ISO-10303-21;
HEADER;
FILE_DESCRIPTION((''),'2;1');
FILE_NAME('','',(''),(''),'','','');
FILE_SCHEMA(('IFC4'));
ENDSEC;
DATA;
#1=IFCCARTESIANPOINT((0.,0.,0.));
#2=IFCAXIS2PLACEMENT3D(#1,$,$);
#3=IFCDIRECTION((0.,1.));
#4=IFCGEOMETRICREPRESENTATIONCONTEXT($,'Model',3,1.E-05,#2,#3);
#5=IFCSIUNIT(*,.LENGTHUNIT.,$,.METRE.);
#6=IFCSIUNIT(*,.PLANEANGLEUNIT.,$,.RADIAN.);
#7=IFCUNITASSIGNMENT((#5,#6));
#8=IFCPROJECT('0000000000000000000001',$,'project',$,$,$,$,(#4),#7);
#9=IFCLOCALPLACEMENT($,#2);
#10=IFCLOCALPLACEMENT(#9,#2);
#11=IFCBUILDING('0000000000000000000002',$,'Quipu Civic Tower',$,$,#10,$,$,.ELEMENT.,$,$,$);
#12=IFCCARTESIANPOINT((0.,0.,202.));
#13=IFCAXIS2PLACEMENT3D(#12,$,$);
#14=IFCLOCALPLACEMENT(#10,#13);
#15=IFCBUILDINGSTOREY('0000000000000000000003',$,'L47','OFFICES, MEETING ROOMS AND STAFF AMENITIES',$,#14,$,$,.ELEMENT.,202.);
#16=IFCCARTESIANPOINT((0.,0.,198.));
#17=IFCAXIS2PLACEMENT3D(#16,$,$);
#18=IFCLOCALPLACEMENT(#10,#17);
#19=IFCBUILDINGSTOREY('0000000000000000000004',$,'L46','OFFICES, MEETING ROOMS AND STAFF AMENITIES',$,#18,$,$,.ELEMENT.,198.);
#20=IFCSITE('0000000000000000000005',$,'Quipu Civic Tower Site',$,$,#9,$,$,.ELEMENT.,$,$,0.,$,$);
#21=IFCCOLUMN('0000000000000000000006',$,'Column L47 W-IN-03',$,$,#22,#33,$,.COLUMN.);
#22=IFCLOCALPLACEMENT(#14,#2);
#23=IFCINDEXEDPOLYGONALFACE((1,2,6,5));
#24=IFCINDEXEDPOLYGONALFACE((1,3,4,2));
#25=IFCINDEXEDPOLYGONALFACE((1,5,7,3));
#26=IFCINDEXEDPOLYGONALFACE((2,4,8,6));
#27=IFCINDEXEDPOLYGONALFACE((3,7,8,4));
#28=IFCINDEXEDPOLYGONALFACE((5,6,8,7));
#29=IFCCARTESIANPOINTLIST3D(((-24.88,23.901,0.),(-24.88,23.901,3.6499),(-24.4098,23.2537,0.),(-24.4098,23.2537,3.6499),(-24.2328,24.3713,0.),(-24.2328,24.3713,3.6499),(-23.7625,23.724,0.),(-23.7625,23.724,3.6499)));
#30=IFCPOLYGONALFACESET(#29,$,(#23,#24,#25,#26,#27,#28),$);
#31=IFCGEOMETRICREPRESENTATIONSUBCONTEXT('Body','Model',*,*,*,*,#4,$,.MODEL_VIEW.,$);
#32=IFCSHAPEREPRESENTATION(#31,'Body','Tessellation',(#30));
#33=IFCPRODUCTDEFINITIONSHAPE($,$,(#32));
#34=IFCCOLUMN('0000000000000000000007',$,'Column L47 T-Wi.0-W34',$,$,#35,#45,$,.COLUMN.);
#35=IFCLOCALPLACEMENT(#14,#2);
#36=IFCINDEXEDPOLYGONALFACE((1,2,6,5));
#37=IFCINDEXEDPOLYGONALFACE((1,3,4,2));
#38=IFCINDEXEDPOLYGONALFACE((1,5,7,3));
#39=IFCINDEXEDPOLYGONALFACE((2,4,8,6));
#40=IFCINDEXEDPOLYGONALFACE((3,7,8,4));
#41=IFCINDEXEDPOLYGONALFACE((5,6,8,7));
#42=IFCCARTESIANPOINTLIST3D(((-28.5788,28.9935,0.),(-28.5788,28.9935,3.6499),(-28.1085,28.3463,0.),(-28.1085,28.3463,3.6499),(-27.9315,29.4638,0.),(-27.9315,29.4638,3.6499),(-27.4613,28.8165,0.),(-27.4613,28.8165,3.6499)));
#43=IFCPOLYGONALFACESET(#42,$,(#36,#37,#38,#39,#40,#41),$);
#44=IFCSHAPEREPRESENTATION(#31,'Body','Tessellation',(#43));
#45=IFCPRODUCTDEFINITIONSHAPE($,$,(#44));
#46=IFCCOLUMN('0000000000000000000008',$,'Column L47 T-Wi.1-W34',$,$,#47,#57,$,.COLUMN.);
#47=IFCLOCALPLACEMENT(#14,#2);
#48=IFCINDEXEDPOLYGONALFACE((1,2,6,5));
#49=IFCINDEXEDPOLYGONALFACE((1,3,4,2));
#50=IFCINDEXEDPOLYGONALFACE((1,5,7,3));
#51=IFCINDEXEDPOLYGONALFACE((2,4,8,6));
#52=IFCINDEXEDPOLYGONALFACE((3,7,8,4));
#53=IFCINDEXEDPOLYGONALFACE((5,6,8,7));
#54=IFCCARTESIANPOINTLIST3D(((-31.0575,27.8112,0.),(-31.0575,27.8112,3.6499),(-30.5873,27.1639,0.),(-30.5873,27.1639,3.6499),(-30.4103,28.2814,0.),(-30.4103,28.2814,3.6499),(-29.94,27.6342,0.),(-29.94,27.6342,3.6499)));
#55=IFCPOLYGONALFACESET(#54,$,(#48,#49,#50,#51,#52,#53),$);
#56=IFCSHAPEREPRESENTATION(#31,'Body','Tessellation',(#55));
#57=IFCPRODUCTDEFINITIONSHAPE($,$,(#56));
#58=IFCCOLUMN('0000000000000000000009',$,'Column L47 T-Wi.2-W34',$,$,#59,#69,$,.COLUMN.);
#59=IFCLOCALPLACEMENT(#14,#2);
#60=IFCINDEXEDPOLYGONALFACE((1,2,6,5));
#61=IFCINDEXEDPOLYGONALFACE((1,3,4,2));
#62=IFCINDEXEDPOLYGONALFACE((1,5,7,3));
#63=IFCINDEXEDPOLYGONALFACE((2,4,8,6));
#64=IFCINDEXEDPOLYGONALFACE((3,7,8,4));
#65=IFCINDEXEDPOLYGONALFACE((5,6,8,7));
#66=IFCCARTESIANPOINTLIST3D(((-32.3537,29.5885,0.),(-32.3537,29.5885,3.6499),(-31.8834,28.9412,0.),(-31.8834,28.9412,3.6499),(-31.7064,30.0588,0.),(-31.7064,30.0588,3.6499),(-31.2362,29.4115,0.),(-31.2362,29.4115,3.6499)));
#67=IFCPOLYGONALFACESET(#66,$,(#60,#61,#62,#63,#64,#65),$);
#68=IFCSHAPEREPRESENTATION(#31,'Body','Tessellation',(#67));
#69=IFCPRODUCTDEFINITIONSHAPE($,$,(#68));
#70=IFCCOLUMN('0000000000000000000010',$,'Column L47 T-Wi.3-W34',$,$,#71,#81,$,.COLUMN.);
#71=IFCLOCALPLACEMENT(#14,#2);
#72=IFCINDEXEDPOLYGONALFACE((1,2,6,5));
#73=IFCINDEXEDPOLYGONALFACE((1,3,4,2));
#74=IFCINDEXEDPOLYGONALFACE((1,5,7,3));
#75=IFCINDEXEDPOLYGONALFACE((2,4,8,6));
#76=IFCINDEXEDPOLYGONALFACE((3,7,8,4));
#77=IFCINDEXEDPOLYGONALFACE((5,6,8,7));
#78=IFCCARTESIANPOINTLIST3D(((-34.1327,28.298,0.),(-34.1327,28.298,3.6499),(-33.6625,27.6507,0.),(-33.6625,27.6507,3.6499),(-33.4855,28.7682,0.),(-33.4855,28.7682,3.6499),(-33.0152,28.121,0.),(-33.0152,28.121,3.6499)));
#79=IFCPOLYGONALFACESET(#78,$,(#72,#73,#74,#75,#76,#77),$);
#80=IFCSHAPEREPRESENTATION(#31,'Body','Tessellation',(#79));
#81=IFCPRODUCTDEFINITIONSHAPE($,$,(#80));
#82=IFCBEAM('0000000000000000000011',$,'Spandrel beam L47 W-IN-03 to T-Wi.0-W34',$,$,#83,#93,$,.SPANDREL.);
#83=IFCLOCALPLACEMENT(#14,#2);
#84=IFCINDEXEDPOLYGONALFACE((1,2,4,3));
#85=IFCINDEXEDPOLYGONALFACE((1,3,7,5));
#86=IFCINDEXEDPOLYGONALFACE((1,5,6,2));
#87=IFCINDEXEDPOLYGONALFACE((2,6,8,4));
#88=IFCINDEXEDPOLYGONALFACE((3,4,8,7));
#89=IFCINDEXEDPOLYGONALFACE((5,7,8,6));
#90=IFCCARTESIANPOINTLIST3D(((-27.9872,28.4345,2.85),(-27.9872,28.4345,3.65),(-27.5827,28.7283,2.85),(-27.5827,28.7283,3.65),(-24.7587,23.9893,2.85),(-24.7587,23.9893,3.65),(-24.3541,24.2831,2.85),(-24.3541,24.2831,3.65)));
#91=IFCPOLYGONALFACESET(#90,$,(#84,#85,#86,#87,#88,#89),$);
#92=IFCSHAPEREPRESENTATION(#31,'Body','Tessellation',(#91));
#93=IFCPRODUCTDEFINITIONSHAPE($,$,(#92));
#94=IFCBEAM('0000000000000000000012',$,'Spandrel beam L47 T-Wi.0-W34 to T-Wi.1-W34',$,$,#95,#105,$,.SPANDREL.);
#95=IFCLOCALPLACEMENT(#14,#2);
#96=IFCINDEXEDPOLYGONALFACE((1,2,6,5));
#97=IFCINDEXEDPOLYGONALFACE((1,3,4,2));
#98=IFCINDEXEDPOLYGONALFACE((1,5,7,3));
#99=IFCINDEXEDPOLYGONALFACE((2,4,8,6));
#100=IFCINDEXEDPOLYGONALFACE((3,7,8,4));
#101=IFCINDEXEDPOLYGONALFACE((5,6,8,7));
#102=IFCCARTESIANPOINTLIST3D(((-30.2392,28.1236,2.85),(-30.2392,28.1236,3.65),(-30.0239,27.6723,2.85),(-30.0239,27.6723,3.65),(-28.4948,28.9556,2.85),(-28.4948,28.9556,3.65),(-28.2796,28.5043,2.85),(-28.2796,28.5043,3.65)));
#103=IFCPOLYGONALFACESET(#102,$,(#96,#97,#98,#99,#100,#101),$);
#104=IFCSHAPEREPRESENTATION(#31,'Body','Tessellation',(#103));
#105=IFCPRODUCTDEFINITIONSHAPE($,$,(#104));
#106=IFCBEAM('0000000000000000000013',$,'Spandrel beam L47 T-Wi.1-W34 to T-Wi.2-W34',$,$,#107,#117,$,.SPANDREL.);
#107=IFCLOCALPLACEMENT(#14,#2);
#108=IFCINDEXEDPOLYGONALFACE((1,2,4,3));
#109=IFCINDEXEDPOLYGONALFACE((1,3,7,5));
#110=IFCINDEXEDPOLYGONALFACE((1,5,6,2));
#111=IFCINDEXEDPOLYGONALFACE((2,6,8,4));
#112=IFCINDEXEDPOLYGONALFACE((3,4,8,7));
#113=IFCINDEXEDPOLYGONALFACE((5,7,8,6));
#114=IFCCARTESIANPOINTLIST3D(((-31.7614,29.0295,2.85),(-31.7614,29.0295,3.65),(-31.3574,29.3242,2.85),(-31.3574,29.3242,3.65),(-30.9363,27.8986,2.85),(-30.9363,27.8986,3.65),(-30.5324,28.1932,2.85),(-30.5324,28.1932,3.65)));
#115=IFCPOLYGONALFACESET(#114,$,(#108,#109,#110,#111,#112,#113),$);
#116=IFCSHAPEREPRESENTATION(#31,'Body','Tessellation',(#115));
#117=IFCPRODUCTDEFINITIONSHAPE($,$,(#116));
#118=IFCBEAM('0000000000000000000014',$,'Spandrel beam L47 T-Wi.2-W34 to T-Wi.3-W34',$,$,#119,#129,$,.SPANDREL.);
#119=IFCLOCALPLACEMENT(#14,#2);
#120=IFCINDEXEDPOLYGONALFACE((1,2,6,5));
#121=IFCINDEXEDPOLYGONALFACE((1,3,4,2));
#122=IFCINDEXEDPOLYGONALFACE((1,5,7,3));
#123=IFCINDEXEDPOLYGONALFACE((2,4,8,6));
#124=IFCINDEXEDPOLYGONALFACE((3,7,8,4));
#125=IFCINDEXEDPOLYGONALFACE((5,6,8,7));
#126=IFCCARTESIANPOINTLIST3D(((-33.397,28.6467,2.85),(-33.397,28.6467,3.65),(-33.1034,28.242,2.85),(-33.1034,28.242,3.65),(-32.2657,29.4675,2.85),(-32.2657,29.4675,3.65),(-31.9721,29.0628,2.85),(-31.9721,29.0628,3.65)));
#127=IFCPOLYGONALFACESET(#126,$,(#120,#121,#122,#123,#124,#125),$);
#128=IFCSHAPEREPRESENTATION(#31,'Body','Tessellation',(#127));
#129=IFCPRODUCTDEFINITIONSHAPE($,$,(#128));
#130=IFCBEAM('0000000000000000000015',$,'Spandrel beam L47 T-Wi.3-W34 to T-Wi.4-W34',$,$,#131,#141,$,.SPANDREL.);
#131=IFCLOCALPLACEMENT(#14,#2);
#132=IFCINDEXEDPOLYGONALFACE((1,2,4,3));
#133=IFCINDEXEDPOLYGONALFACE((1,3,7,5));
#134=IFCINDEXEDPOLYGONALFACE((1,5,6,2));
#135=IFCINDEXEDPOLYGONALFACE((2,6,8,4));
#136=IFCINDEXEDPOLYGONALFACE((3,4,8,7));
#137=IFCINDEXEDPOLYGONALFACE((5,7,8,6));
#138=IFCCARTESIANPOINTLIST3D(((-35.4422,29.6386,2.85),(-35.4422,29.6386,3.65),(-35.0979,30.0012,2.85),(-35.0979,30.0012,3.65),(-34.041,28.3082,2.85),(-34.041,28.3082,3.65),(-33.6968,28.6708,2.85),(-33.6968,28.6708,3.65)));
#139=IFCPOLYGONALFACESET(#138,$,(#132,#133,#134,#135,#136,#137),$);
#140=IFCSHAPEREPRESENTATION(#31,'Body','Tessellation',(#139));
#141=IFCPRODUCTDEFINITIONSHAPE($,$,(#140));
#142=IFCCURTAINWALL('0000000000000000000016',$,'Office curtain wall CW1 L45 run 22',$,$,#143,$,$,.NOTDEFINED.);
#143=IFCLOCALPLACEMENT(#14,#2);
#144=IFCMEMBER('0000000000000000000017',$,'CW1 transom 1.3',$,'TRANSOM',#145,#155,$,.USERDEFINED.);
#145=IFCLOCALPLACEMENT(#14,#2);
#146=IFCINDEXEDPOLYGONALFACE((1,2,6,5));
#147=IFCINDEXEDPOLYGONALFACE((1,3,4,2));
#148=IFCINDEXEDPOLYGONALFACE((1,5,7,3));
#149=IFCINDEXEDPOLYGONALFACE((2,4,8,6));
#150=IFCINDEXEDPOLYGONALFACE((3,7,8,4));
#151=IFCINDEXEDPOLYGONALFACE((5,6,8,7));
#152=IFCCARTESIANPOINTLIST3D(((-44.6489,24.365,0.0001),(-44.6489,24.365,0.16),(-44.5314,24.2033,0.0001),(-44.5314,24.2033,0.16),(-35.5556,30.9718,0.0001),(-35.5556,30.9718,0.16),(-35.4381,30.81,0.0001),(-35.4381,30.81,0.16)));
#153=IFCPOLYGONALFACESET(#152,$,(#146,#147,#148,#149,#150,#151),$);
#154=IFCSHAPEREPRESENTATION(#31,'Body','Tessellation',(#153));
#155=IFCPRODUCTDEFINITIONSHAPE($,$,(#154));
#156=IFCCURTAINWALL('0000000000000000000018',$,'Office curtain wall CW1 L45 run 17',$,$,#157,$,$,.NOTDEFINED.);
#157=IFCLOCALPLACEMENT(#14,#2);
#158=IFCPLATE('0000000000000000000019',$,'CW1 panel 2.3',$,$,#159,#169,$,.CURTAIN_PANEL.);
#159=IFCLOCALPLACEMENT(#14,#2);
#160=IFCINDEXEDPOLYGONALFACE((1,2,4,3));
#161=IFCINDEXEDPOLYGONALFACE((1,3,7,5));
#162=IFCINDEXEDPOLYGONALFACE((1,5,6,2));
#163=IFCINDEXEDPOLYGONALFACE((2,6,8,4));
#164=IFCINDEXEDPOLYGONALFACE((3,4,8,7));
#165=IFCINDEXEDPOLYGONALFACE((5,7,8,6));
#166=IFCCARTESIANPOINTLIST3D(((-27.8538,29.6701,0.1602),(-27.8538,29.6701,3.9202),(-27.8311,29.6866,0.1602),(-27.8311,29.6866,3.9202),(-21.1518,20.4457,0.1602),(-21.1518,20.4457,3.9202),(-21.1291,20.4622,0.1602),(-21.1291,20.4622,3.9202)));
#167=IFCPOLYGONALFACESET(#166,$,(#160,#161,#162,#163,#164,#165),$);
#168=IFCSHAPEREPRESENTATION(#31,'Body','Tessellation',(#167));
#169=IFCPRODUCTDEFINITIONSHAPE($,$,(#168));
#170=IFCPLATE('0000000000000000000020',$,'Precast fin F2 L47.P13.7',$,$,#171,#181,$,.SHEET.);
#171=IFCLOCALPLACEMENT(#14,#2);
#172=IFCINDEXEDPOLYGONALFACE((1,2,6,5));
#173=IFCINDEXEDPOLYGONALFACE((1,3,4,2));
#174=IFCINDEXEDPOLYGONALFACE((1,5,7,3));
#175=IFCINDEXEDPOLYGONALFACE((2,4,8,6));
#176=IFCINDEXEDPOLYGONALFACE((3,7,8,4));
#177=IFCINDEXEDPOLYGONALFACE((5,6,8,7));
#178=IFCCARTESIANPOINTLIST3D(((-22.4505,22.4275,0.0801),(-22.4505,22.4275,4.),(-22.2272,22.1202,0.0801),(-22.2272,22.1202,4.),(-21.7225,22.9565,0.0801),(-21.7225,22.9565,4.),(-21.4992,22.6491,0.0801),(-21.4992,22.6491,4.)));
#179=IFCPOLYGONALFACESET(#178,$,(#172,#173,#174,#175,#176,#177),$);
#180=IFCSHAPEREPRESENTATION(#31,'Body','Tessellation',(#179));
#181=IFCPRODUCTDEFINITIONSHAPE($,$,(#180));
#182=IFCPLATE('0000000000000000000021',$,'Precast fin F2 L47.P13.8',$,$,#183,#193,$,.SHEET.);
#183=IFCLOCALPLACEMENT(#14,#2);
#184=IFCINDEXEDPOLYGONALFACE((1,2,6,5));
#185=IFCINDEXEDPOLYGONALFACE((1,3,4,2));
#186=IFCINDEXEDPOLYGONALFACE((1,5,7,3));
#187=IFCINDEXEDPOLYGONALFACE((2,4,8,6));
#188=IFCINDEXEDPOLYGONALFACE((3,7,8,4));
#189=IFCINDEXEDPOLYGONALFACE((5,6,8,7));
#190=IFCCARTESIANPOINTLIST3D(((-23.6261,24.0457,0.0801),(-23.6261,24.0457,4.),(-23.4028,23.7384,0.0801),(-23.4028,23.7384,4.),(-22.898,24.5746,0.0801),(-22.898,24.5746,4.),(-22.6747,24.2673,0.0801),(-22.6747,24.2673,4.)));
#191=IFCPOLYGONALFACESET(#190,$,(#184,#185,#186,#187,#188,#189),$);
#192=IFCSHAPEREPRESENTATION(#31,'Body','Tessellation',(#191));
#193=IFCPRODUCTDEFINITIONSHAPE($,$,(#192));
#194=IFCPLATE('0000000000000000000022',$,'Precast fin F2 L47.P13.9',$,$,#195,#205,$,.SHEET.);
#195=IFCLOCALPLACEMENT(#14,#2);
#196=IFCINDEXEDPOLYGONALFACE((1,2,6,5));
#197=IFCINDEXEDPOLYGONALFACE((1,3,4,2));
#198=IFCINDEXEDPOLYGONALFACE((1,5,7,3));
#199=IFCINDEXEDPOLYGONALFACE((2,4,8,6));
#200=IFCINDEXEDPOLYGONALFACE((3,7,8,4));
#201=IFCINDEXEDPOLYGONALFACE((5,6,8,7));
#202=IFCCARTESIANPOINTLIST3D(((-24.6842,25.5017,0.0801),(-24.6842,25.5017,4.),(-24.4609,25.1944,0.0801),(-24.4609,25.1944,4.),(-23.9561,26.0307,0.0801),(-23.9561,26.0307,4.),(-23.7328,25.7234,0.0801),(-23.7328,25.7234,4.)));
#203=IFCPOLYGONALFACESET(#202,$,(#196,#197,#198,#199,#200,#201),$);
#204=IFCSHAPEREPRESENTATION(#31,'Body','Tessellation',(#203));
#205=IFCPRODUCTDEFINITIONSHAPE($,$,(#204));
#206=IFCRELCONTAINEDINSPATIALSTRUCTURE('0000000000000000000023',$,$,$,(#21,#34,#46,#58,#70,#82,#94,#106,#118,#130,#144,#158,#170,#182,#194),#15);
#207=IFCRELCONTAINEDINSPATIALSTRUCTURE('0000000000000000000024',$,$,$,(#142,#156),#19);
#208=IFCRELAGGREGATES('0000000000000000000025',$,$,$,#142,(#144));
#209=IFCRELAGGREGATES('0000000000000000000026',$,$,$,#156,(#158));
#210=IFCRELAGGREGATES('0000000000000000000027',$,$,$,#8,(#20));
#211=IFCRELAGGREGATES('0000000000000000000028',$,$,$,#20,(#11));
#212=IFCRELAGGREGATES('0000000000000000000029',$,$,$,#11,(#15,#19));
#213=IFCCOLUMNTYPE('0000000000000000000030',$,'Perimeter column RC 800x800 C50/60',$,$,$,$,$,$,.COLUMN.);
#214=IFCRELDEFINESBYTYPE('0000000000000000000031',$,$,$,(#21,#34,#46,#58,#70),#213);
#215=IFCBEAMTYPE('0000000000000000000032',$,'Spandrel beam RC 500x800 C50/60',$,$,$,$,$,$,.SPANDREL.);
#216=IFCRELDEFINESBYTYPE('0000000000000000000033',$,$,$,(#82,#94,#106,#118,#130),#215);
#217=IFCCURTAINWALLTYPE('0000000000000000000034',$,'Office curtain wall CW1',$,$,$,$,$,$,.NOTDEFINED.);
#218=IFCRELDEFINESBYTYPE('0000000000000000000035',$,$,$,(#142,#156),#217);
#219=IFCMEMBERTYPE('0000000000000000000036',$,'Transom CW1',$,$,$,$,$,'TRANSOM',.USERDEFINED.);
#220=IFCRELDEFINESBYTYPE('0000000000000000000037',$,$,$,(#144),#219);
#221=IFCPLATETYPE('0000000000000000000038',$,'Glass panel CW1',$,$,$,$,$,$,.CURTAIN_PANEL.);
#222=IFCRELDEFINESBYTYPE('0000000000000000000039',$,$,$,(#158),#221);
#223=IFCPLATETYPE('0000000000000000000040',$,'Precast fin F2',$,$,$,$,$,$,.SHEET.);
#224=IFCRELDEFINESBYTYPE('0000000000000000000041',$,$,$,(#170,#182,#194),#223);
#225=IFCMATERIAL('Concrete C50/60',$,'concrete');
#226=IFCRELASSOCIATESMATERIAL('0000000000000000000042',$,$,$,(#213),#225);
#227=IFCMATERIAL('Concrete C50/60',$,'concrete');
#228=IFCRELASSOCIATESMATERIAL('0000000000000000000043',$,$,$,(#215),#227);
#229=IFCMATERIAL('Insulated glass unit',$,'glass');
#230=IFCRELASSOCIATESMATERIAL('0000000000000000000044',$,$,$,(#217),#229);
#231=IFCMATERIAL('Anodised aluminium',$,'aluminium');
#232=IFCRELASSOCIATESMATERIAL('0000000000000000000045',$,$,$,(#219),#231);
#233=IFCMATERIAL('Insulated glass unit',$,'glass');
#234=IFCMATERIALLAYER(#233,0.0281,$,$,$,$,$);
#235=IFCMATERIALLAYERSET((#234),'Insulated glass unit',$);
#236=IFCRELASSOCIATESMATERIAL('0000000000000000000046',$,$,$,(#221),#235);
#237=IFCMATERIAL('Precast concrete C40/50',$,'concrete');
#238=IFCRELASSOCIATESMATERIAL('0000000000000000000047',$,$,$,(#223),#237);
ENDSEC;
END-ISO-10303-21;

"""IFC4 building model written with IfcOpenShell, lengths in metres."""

from ifc_helpers import new_model, si_unit, direction, frame, origin, origin_2d, place, context, subcontext, project, spatial, rectangle, extrude, material, layer, layer_set, material_profile, profile_set, type_object, element, aggregate, save


model = new_model("IFC4")

# Units and contexts
model_context = context("Model", 3, precision=1e-05, world=origin(), true_north=direction((0.0, 1.0)))
body_context = subcontext(model_context, "Body", "Model", "MODEL_VIEW")
ifc_project = project(units=[si_unit("LENGTHUNIT", "METRE"), si_unit("PLANEANGLEUNIT", "RADIAN")], contexts=[model_context])

# Site, building, storey
site_placement = place(None, origin())
site = spatial("IfcSite", under=ifc_project, at=site_placement, Name="Quipu Civic Tower Site", CompositionType="ELEMENT", RefElevation=0.0)
building_placement = place(site_placement, origin())
building = spatial("IfcBuilding", under=site, at=building_placement, Name="Quipu Civic Tower", CompositionType="ELEMENT")
storey_1_placement = place(building_placement, frame((0.0, 0.0, 202.0)))
storey_1 = spatial("IfcBuildingStorey", under=building, at=storey_1_placement, Name="L47", Description="OFFICES, MEETING ROOMS AND STAFF AMENITIES", CompositionType="ELEMENT", Elevation=202.0)

# Columns
ifc_material_1 = material(Name="Concrete C50/60", Category="concrete")
ifc_material_profile_1 = material_profile(ifc_material_1, rectangle(XDim=0.8, YDim=0.8, at=origin_2d()), Name="RC800x800")
ifc_profile_set_1 = profile_set([ifc_material_profile_1], Name="Concrete C50/60")
column_type = type_object("IfcColumnType", Name="Perimeter column RC 800x800 C50/60", PredefinedType="COLUMN", material=ifc_profile_set_1)
for number, where, z_axis, x_axis, name in (
    (1, (-24.3213, 23.8125, 0.0), (0.0, 0.0, 1.0), (-0.587785, 0.809017, 0.0), "Column L47 W-IN-03"),
    (2, (-28.02, 28.905, 0.0), (0.0, 0.0, 1.0), (-0.809017, -0.587785, 0.0), "Column L47 T-Wi.0-W34"),
    (3, (-30.4988, 27.7227, 0.0), (0.0, 0.0, 1.0), (-0.809017, -0.587785, 0.0), "Column L47 T-Wi.1-W34"),
    (4, (-31.7949, 29.5, 0.0), (0.0, 0.0, 1.0), (-0.587785, 0.809017, 0.0), "Column L47 T-Wi.2-W34"),
    (5, (-33.574, 28.2095, 0.0), (0.0, 0.0, 1.0), (-0.587785, 0.809017, 0.0), "Column L47 T-Wi.3-W34"),
):
    element("IfcColumn", number, at=place(storey_1_placement, frame(where, z_axis=z_axis, x_axis=x_axis)), inside=storey_1, type_object=column_type, Name=name, PredefinedType="COLUMN", context=body_context, shape_type="SweptSolid", body=[
        extrude(rectangle(XDim=0.8, YDim=0.8, at=origin_2d()), origin(), (0.0, 0.0, 1.0), 3.6499),
    ])

# Beams
ifc_material_2 = material(Name="Concrete C50/60", Category="concrete")
ifc_material_profile_2 = material_profile(ifc_material_2, rectangle(XDim=0.5, YDim=0.8, at=origin_2d()), Name="RC500x800")
ifc_profile_set_2 = profile_set([ifc_material_profile_2], Name="Concrete C50/60")
beam_type = type_object("IfcBeamType", Name="Spandrel beam RC 500x800 C50/60", PredefinedType="SPANDREL", material=ifc_profile_set_2)
beam_1_placement = place(storey_1_placement, frame((-24.5564, 24.1362, 3.25), z_axis=(-0.587664, 0.809105, 0.0), x_axis=(-0.809105, -0.587664, 0.0)))
element("IfcBeam", 6, at=beam_1_placement, inside=storey_1, type_object=beam_type, Name="Spandrel beam L47 W-IN-03 to T-Wi.0-W34", PredefinedType="SPANDREL", context=body_context, shape_type="SweptSolid", body=[
    extrude(rectangle(XDim=0.5, YDim=0.8, at=origin_2d()), origin(), (0.0, 0.0, 1.0), 5.4939),
])
beam_2_placement = place(storey_1_placement, frame((-28.3872, 28.73, 3.25), z_axis=(-0.902585, -0.430512, 0.0), x_axis=(0.430512, -0.902585, 0.0)))
element("IfcBeam", 7, at=beam_2_placement, inside=storey_1, type_object=beam_type, Name="Spandrel beam L47 T-Wi.0-W34 to T-Wi.1-W34", PredefinedType="SPANDREL", context=body_context, shape_type="SweptSolid", body=[
    extrude(rectangle(XDim=0.5, YDim=0.8, at=origin_2d()), origin(), (0.0, 0.0, 1.0), 1.9326),
])
beam_3_placement = place(storey_1_placement, frame((-30.7344, 28.0459, 3.25), z_axis=(-0.589343, 0.807883, 0.0), x_axis=(-0.807883, -0.589343, 0.0)))
element("IfcBeam", 8, at=beam_3_placement, inside=storey_1, type_object=beam_type, Name="Spandrel beam L47 T-Wi.1-W34 to T-Wi.2-W34", PredefinedType="SPANDREL", context=body_context, shape_type="SweptSolid", body=[
    extrude(rectangle(XDim=0.5, YDim=0.8, at=origin_2d()), origin(), (0.0, 0.0, 1.0), 1.3999),
])
beam_4_placement = place(storey_1_placement, frame((-32.1189, 29.2651, 3.25), z_axis=(-0.809415, -0.587237, 0.0), x_axis=(0.587237, -0.809415, 0.0)))
element("IfcBeam", 9, at=beam_4_placement, inside=storey_1, type_object=beam_type, Name="Spandrel beam L47 T-Wi.2-W34 to T-Wi.3-W34", PredefinedType="SPANDREL", context=body_context, shape_type="SweptSolid", body=[
    extrude(rectangle(XDim=0.5, YDim=0.8, at=origin_2d()), origin(), (0.0, 0.0, 1.0), 1.3977),
])
beam_5_placement = place(storey_1_placement, frame((-33.8689, 28.4895, 3.25), z_axis=(-0.725192, 0.688547, 0.0), x_axis=(-0.688547, -0.725192, 0.0)))
element("IfcBeam", 10, at=beam_5_placement, inside=storey_1, type_object=beam_type, Name="Spandrel beam L47 T-Wi.3-W34 to T-Wi.4-W34", PredefinedType="SPANDREL", context=body_context, shape_type="SweptSolid", body=[
    extrude(rectangle(XDim=0.5, YDim=0.8, at=origin_2d()), origin(), (0.0, 0.0, 1.0), 1.9321),
])

# Shared definitions
storey_2_placement = place(building_placement, frame((0.0, 0.0, 198.0)))
storey_2 = spatial("IfcBuildingStorey", under=building, at=storey_2_placement, Name="L46", Description="OFFICES, MEETING ROOMS AND STAFF AMENITIES", CompositionType="ELEMENT", Elevation=198.0)

# Curtain wall, member
ifc_material_3 = material(Name="Insulated glass unit", Category="glass")
curtain_wall_type = type_object("IfcCurtainWallType", Name="Office curtain wall CW1", PredefinedType="NOTDEFINED", material=ifc_material_3)
curtain_wall_1_placement = place(storey_2_placement, origin())
curtain_wall_1 = element("IfcCurtainWall", 11, at=curtain_wall_1_placement, inside=storey_2, type_object=curtain_wall_type, Name="Office curtain wall CW1 L45 run 22", PredefinedType="NOTDEFINED")
ifc_material_4 = material(Name="Anodised aluminium", Category="aluminium")
ifc_material_profile_3 = material_profile(ifc_material_4, rectangle(XDim=0.2, YDim=0.1599, at=origin_2d()), Name="RECT 200x160")
ifc_profile_set_3 = profile_set([ifc_material_profile_3], Name="Anodised aluminium")
member_type = type_object("IfcMemberType", Name="Transom CW1", ElementType="TRANSOM", PredefinedType="USERDEFINED", material=ifc_profile_set_3)
member_placement = place(storey_1_placement, frame((-35.4968, 30.8909, 0.0801), z_axis=(-0.809015, -0.587788, 0.0), x_axis=(0.587788, -0.809015, 0.0)))
member = element("IfcMember", 12, at=member_placement, inside=storey_1, type_object=member_type, Name="CW1 transom 1.3", ObjectType="TRANSOM", PredefinedType="USERDEFINED", context=body_context, shape_type="SweptSolid", body=[
    extrude(rectangle(XDim=0.2, YDim=0.1599, at=origin_2d()), origin(), (0.0, 0.0, 1.0), 11.24),
])
aggregate(curtain_wall_1, [member])

# Curtain wall, plate
curtain_wall_2_placement = place(storey_2_placement, origin())
curtain_wall_2 = element("IfcCurtainWall", 13, at=curtain_wall_2_placement, inside=storey_2, type_object=curtain_wall_type, Name="Office curtain wall CW1 L45 run 17", PredefinedType="NOTDEFINED")
ifc_material_5 = material(Name="Insulated glass unit", Category="glass")
ifc_layer_1 = layer(ifc_material_5, 0.0281)
ifc_layer_set_1 = layer_set([ifc_layer_1], Name="Insulated glass unit")
plate_type_1 = type_object("IfcPlateType", Name="Glass panel CW1", PredefinedType="CURTAIN_PANEL", material=ifc_layer_set_1)
plate_placement = place(storey_1_placement, frame((-24.4915, 25.0662, 0.1602), z_axis=(0.0, 0.0, 1.0), x_axis=(-0.587789, 0.809014, 0.0)))
plate = element("IfcPlate", 14, at=plate_placement, inside=storey_1, type_object=plate_type_1, Name="CW1 panel 2.3", PredefinedType="CURTAIN_PANEL", context=body_context, shape_type="SweptSolid", body=[
    extrude(rectangle(XDim=11.4021, YDim=0.0281, at=origin_2d()), origin(), (0.0, 0.0, 1.0), 3.76),
])
aggregate(curtain_wall_2, [plate])

# Plates
ifc_material_6 = material(Name="Precast concrete C40/50", Category="concrete")
plate_type_2 = type_object("IfcPlateType", Name="Precast fin F2", PredefinedType="SHEET", material=ifc_material_6)
for number, where, z_axis, x_axis, name in (
    (15, (-21.9749, 22.5383, 0.0801), (0.0, 0.0, 1.0), (-0.587787, 0.809016, 0.0), "Precast fin F2 L47.P13.7"),
    (16, (-23.1504, 24.1565, 0.0801), (0.0, 0.0, 1.0), (-0.587787, 0.809016, 0.0), "Precast fin F2 L47.P13.8"),
    (17, (-24.2085, 25.6125, 0.0801), (0.0, 0.0, 1.0), (-0.587787, 0.809016, 0.0), "Precast fin F2 L47.P13.9"),
):
    element("IfcPlate", number, at=place(storey_1_placement, frame(where, z_axis=z_axis, x_axis=x_axis)), inside=storey_1, type_object=plate_type_2, Name=name, PredefinedType="SHEET", context=body_context, shape_type="SweptSolid", body=[
        extrude(rectangle(XDim=0.3799, YDim=0.8999, at=origin_2d()), origin(), (0.0, 0.0, 1.0), 3.9199),
    ])

save(model, "model.ifc")
